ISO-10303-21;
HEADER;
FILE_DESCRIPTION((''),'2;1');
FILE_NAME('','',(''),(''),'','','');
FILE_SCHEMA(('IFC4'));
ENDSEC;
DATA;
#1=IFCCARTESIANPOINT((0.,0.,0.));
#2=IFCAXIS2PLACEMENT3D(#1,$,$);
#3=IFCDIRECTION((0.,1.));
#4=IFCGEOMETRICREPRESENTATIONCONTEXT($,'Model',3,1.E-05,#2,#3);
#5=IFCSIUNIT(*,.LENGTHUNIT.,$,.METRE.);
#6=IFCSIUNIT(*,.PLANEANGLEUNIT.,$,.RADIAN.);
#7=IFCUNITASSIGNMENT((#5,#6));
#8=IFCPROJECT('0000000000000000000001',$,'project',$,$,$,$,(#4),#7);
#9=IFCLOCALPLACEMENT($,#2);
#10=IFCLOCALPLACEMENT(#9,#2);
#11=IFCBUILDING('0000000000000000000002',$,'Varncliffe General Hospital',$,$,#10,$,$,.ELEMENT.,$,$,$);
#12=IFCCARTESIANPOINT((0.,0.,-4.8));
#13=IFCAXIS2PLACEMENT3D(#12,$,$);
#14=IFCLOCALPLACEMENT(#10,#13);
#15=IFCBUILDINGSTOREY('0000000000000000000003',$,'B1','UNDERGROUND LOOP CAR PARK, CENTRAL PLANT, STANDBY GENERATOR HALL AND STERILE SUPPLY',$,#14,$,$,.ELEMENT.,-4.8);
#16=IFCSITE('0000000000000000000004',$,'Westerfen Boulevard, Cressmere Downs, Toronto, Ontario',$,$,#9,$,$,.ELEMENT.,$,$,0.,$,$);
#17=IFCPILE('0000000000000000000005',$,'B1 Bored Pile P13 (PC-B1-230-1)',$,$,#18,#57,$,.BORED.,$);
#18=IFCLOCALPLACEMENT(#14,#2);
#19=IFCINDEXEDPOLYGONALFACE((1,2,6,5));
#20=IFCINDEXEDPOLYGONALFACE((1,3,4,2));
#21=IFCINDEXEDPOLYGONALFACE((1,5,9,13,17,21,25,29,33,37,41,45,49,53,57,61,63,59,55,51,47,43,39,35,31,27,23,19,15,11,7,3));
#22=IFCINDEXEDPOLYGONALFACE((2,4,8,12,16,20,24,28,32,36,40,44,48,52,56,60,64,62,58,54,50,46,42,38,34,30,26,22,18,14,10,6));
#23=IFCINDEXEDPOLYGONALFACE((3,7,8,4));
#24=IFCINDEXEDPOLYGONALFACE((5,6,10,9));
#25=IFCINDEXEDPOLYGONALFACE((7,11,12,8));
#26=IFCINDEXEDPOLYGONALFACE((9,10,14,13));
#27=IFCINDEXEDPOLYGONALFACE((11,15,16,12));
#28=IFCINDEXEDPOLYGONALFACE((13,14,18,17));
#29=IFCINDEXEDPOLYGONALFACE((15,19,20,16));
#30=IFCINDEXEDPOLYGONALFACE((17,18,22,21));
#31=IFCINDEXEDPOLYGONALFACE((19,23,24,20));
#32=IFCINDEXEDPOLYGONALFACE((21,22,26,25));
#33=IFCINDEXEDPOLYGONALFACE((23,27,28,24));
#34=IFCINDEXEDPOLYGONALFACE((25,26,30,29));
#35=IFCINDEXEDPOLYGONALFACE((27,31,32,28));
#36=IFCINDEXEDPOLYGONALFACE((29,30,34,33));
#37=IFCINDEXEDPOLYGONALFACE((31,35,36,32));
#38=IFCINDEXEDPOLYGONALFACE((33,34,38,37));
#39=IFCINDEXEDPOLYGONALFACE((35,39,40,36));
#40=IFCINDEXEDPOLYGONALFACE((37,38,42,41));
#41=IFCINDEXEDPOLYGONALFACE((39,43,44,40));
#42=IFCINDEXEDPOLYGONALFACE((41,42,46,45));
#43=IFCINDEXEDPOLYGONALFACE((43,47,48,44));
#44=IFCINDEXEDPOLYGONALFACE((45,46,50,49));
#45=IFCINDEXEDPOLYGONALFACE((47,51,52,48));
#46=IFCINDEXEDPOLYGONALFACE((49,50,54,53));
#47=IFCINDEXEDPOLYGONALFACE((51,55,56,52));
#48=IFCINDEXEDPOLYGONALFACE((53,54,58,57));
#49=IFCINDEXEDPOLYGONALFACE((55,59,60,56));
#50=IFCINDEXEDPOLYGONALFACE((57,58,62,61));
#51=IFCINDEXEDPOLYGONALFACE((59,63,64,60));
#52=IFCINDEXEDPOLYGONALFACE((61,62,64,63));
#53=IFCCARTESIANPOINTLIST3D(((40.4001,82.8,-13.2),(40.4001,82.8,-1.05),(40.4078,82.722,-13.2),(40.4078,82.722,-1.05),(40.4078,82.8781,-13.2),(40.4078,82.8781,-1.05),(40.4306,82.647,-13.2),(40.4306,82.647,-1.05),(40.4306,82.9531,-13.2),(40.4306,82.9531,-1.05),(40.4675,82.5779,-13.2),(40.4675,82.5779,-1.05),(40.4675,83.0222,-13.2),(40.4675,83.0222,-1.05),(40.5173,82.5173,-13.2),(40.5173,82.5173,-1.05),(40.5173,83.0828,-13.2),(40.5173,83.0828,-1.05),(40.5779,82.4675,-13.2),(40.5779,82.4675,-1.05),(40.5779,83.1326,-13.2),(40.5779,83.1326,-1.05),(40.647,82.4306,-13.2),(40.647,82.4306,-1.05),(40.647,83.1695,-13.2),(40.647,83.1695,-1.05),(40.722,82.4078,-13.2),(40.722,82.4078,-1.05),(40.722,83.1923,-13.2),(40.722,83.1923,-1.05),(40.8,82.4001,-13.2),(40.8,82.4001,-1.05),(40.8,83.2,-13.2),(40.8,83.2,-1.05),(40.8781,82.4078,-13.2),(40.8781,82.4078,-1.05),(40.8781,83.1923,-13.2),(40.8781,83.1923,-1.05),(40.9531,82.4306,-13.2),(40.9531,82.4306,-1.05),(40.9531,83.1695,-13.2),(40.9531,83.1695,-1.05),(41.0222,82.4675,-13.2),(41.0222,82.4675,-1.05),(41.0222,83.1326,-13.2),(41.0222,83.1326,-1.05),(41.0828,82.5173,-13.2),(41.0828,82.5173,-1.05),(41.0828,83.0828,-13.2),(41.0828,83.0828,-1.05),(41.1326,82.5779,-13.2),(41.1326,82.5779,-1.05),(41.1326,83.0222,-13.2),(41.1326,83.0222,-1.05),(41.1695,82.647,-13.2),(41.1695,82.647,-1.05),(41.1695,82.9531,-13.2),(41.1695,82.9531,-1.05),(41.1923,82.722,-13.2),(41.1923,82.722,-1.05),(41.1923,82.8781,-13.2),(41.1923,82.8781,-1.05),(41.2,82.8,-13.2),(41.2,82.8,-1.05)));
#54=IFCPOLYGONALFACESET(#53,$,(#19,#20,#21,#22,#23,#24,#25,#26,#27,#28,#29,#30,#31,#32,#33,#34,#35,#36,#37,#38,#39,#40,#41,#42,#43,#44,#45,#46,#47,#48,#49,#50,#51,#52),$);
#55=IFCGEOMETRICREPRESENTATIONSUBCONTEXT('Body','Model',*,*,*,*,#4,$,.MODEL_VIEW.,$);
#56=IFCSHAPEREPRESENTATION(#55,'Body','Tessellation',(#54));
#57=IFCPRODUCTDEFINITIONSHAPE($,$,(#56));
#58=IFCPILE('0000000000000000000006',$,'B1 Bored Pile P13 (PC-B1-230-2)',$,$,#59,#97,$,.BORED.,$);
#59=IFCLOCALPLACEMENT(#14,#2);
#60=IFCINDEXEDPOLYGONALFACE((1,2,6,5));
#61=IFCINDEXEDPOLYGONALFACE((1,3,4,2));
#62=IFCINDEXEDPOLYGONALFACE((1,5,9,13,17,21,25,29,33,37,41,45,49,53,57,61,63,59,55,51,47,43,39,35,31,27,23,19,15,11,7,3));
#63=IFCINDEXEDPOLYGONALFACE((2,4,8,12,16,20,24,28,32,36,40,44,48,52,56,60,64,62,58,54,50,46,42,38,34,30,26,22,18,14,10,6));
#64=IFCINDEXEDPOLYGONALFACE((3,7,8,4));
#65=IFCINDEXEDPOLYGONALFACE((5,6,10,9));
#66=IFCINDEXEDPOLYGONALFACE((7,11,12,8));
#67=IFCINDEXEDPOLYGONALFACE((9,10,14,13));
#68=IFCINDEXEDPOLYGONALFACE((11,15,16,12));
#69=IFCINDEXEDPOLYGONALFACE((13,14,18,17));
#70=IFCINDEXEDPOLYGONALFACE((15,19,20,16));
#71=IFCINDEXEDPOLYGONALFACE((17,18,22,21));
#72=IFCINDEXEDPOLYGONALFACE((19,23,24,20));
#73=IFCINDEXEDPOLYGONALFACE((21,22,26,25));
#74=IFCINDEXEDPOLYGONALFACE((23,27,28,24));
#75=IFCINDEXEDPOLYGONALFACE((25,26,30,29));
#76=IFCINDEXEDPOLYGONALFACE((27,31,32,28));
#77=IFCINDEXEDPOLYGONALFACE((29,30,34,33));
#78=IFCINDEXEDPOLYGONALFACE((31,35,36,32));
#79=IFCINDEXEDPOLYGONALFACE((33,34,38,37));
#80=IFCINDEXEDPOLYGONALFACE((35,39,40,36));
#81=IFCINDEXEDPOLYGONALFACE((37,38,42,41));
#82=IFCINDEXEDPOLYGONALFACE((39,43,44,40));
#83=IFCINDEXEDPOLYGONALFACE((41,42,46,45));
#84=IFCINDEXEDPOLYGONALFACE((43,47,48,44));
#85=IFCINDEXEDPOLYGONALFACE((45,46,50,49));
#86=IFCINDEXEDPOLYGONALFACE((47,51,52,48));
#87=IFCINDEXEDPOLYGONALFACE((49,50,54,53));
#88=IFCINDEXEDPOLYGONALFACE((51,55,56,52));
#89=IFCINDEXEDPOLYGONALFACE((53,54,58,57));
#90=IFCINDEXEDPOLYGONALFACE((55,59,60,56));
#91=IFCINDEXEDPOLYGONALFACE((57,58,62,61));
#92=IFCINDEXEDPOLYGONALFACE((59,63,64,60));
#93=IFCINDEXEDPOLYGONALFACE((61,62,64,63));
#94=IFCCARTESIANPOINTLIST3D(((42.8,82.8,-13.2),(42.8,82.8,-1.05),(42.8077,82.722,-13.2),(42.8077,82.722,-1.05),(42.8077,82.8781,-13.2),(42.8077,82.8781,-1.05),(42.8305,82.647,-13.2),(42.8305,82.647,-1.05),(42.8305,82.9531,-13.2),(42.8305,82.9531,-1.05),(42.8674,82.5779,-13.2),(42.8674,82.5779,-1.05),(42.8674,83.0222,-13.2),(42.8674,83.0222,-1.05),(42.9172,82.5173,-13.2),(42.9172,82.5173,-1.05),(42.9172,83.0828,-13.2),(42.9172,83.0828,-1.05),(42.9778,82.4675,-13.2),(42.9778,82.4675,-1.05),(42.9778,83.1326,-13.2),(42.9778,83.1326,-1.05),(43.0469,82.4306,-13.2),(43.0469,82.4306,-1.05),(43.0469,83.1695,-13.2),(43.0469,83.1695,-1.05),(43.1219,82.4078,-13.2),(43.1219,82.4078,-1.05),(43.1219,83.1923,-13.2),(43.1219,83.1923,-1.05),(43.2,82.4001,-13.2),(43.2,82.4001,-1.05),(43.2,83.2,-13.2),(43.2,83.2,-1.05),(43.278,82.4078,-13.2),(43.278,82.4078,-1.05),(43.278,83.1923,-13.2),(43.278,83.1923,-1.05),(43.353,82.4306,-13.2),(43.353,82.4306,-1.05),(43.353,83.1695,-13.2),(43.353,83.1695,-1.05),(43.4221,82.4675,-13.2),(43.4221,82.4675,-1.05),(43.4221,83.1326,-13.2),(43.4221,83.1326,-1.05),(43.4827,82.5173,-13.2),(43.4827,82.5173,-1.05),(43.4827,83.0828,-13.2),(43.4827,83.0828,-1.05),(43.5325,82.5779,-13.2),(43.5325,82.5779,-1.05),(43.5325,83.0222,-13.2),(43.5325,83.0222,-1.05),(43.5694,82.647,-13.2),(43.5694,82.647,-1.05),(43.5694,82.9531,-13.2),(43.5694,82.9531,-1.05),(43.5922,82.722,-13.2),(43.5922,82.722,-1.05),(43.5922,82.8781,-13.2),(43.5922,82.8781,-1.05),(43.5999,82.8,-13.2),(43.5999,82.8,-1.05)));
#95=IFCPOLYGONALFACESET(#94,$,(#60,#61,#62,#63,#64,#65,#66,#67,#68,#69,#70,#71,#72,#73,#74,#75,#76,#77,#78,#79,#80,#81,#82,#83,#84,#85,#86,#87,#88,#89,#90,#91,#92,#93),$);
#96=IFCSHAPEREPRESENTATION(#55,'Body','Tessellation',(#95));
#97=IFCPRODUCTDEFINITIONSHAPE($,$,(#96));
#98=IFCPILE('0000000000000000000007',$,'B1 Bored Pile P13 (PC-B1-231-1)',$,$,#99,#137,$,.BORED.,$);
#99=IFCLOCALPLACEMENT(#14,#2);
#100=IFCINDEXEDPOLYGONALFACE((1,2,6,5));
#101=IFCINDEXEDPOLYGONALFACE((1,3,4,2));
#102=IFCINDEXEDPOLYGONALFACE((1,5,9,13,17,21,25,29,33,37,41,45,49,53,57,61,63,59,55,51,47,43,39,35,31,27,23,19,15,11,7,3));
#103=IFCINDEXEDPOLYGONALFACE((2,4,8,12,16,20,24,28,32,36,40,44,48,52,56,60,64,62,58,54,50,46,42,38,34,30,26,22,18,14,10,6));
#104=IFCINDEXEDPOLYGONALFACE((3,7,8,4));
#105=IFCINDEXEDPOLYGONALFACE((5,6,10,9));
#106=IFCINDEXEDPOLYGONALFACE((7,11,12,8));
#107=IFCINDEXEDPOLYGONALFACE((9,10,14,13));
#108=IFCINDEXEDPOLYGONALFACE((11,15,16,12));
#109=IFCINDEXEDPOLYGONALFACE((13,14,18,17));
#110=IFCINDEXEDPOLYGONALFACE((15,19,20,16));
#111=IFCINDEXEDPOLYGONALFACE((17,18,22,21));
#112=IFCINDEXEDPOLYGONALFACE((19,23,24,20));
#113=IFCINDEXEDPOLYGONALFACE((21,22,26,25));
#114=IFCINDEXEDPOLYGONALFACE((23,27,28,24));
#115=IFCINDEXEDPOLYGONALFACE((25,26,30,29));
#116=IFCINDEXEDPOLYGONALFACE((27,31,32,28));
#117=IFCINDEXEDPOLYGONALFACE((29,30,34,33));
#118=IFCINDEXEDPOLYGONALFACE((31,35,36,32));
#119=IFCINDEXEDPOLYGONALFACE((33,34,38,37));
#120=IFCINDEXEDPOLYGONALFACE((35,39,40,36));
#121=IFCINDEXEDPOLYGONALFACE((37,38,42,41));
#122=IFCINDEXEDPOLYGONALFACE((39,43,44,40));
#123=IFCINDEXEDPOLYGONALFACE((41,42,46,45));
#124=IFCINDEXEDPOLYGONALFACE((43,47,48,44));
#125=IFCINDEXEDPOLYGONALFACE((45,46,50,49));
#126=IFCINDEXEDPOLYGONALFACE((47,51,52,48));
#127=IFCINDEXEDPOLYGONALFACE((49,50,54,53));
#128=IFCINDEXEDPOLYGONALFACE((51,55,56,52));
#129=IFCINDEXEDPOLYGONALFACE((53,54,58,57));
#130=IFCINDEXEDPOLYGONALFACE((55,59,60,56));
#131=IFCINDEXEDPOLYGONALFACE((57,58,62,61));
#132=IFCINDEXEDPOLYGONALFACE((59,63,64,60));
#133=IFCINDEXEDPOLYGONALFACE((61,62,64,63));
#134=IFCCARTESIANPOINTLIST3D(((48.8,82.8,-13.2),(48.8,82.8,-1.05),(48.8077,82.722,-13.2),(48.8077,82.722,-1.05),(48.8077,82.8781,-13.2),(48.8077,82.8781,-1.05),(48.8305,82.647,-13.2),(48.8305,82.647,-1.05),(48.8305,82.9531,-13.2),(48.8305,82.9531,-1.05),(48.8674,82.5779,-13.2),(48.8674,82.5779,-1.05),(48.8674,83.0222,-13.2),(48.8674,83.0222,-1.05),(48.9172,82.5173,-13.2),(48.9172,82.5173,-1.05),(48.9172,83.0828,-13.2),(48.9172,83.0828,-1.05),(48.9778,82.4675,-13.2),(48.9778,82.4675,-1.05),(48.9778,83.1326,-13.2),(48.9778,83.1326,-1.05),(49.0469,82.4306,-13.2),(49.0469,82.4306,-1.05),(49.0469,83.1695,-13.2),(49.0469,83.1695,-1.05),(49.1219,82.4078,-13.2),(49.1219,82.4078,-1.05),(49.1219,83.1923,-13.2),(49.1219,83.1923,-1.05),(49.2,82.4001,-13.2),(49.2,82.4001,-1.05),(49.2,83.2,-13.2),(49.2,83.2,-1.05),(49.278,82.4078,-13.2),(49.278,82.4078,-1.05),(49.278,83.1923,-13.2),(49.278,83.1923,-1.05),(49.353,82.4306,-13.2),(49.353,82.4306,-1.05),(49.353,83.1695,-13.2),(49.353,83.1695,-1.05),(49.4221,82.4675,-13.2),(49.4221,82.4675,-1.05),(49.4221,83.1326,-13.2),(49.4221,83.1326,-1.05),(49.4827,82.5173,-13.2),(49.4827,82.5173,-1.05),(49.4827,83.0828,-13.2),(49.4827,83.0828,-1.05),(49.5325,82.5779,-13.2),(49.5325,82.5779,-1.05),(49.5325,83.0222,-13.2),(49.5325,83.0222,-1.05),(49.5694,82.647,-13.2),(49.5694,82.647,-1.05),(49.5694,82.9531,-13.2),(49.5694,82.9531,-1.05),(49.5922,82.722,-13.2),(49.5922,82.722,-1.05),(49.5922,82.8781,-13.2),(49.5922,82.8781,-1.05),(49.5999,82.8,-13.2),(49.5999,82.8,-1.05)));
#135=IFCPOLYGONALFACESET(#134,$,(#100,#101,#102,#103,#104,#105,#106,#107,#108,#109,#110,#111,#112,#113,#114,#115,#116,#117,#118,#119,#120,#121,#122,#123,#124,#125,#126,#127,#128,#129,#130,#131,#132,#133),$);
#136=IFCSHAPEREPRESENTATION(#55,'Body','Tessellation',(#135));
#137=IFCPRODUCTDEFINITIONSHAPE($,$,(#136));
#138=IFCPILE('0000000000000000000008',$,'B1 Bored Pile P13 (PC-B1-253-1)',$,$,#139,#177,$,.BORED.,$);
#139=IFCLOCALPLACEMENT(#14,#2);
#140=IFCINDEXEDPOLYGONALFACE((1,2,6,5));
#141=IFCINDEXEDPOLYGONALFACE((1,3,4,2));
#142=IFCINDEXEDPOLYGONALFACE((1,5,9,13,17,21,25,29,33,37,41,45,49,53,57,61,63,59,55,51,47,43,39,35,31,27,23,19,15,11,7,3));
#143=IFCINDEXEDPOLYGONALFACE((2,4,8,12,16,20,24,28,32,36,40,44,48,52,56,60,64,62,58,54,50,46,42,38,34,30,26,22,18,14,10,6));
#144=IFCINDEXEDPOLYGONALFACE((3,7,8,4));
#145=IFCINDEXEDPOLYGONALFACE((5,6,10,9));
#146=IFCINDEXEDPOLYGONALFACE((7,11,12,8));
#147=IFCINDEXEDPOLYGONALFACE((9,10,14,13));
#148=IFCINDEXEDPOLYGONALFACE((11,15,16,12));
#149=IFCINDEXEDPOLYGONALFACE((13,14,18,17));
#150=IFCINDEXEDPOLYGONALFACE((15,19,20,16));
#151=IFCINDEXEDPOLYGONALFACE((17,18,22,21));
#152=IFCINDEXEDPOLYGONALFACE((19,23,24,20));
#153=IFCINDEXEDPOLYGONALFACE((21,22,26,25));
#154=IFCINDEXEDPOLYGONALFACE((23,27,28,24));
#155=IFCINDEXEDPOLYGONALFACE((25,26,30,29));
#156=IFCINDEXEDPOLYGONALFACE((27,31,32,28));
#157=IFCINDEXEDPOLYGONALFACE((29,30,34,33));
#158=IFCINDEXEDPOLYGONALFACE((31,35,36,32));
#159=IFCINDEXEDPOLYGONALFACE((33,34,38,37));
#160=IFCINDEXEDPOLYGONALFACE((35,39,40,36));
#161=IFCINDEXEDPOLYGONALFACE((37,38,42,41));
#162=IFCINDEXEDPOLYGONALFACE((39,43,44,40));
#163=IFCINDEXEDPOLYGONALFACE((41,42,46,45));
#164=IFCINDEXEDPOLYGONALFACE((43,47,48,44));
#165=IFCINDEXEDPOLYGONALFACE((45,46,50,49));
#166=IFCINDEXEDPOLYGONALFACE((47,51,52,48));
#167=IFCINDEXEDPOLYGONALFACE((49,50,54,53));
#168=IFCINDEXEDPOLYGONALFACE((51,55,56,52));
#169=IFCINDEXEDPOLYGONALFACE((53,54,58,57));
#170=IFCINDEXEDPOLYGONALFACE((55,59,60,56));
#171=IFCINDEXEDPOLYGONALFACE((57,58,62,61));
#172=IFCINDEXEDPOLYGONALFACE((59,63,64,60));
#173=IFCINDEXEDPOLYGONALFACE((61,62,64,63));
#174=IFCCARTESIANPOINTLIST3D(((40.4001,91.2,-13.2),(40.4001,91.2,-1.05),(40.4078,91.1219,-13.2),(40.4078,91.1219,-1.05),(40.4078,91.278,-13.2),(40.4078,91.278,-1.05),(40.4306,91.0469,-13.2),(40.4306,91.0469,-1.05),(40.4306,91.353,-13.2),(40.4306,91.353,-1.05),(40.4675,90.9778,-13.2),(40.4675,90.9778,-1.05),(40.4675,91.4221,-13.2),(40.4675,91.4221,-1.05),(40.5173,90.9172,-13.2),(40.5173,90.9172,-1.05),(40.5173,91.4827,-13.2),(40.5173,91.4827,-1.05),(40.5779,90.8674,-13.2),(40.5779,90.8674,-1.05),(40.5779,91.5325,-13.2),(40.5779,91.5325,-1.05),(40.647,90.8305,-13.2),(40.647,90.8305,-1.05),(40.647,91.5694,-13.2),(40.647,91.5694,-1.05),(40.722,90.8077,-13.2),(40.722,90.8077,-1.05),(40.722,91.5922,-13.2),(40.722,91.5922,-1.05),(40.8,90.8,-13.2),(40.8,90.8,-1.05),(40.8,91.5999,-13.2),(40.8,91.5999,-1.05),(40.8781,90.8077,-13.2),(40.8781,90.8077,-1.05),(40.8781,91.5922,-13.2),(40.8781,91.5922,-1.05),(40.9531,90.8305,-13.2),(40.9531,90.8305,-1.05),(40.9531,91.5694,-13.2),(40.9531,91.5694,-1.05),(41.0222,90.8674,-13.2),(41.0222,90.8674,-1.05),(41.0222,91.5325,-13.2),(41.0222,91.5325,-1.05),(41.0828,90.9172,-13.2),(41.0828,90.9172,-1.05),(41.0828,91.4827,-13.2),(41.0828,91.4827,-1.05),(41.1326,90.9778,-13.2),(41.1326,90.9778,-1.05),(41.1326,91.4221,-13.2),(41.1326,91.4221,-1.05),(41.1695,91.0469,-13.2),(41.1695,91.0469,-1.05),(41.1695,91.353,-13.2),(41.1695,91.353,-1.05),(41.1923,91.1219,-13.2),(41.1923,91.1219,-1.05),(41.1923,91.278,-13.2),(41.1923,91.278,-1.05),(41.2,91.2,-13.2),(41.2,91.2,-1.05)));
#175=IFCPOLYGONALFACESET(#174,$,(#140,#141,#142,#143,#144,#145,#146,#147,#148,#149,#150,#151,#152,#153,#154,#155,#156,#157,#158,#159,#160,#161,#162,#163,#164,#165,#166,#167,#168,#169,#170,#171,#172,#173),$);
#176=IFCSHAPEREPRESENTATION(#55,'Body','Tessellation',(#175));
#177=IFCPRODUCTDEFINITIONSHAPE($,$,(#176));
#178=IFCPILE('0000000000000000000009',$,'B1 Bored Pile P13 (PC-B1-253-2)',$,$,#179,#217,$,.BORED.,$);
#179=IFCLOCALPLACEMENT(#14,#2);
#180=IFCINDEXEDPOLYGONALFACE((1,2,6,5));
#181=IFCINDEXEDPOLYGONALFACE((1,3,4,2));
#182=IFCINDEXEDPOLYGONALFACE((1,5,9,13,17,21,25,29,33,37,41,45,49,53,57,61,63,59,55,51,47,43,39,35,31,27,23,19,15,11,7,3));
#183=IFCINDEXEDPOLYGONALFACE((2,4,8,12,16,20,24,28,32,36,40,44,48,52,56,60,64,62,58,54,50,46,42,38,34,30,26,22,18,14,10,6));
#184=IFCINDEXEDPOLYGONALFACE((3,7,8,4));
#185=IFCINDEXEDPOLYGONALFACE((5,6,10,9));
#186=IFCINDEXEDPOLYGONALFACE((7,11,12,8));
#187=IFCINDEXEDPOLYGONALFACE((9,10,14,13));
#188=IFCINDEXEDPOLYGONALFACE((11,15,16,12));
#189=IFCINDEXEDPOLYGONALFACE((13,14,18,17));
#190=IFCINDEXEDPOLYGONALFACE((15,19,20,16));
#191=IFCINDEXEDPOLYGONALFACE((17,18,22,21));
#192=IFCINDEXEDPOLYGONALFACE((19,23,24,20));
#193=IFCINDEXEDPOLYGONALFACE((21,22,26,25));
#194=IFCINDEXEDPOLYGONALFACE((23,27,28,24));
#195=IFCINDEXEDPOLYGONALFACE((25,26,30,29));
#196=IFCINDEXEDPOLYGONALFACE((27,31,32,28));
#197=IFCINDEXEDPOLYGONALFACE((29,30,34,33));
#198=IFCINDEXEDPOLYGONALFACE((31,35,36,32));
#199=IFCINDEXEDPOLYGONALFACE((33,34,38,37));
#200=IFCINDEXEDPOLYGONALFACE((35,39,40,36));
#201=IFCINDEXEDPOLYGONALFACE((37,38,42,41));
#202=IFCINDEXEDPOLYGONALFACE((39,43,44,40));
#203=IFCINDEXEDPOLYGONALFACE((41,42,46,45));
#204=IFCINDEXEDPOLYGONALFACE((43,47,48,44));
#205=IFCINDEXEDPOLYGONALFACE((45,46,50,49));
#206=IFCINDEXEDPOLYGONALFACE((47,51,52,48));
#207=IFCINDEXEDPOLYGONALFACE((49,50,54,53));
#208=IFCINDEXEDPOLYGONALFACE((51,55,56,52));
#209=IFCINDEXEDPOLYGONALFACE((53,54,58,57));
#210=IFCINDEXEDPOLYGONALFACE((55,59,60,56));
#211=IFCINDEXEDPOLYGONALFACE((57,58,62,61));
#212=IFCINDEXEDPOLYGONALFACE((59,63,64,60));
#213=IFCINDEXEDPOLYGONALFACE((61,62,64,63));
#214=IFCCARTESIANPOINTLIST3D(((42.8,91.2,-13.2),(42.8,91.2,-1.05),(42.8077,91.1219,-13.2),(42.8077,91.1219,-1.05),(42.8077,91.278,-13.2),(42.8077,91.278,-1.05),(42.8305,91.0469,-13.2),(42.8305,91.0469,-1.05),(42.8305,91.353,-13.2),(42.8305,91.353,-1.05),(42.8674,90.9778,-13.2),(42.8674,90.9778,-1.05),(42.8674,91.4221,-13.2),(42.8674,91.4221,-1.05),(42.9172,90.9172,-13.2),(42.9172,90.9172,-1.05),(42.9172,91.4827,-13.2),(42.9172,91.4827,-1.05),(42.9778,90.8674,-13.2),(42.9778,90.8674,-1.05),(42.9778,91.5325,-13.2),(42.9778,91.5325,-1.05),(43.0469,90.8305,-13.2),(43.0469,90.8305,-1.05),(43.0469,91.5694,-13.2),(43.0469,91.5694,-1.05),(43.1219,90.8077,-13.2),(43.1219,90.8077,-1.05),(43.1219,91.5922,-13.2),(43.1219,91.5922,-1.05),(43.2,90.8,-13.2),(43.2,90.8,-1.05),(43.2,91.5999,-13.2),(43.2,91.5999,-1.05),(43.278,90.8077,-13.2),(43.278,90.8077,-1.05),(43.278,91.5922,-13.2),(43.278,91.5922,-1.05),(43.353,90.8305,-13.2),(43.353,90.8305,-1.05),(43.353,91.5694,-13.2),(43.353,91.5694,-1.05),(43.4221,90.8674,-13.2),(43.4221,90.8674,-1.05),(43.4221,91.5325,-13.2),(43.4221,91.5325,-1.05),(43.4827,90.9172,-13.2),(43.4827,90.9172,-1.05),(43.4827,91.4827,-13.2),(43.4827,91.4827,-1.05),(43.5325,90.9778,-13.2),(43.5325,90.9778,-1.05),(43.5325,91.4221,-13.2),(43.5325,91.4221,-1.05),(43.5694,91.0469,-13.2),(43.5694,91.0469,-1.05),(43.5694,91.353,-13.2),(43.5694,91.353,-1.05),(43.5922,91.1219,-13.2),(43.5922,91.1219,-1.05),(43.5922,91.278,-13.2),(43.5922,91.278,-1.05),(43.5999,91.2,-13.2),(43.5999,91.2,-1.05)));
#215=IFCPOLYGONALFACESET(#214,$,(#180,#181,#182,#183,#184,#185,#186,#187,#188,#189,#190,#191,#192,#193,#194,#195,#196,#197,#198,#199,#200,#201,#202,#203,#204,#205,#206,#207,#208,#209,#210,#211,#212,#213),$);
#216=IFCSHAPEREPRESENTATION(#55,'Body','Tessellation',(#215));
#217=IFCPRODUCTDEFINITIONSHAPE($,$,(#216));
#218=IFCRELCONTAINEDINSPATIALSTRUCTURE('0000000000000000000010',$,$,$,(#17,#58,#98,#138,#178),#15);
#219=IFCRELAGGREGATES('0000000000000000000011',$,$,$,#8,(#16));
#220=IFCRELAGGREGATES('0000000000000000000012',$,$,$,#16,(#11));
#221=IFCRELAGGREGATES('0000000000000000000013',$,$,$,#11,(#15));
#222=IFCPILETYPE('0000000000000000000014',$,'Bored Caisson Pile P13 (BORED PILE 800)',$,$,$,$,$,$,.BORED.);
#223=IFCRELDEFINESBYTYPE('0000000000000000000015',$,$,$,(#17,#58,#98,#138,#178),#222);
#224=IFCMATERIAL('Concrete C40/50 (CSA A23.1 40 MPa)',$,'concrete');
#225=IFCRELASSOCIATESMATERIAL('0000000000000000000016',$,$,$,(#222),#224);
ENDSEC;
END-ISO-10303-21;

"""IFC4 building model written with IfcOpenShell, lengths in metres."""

from ifc_helpers import new_model, si_unit, direction, frame, origin, origin_2d, place, context, subcontext, project, spatial, circle, extrude, material, material_profile, profile_set, type_object, element, save


model = new_model("IFC4")

# Units and contexts
model_context = context("Model", 3, precision=1e-05, world=origin(), true_north=direction((0.0, 1.0)))
body_context = subcontext(model_context, "Body", "Model", "MODEL_VIEW")
ifc_project = project(units=[si_unit("LENGTHUNIT", "METRE"), si_unit("PLANEANGLEUNIT", "RADIAN")], contexts=[model_context])

# Site, building, storey
site_placement = place(None, origin())
site = spatial("IfcSite", under=ifc_project, at=site_placement, Name="Westerfen Boulevard, Cressmere Downs, Toronto, Ontario", CompositionType="ELEMENT", RefElevation=0.0)
building_placement = place(site_placement, origin())
building = spatial("IfcBuilding", under=site, at=building_placement, Name="Varncliffe General Hospital", CompositionType="ELEMENT")
storey_placement = place(building_placement, frame((0.0, 0.0, -4.8)))
storey = spatial("IfcBuildingStorey", under=building, at=storey_placement, Name="B1", Description="UNDERGROUND LOOP CAR PARK, CENTRAL PLANT, STANDBY GENERATOR HALL AND STERILE SUPPLY", CompositionType="ELEMENT", Elevation=-4.8)

# Piles
ifc_material_1 = material(Name="Concrete C40/50 (CSA A23.1 40 MPa)", Category="concrete")
ifc_material_profile_1 = material_profile(ifc_material_1, circle(Radius=0.3999, at=origin_2d()), Name="BORED PILE 800")
ifc_profile_set_1 = profile_set([ifc_material_profile_1], Name="Concrete C40/50 (CSA A23.1 40 MPa)")
pile_type = type_object("IfcPileType", Name="Bored Caisson Pile P13 (BORED PILE 800)", PredefinedType="BORED", material=ifc_profile_set_1)
for number, where, z_axis, x_axis, name in (
    (1, (40.8, 82.8, -1.05), (0.0, 0.0, -1.0), (1.0, 0.0, 0.0), "B1 Bored Pile P13 (PC-B1-230-1)"),
    (2, (43.2, 82.8, -1.05), (0.0, 0.0, -1.0), (1.0, 0.0, 0.0), "B1 Bored Pile P13 (PC-B1-230-2)"),
    (3, (49.2, 82.8, -1.05), (0.0, 0.0, -1.0), (1.0, 0.0, 0.0), "B1 Bored Pile P13 (PC-B1-231-1)"),
    (4, (40.8, 91.2, -1.05), (0.0, 0.0, -1.0), (1.0, 0.0, 0.0), "B1 Bored Pile P13 (PC-B1-253-1)"),
    (5, (43.2, 91.2, -1.05), (0.0, 0.0, -1.0), (1.0, 0.0, 0.0), "B1 Bored Pile P13 (PC-B1-253-2)"),
):
    element("IfcPile", number, at=place(storey_placement, frame(where, z_axis=z_axis, x_axis=x_axis)), inside=storey, type_object=pile_type, Name=name, PredefinedType="BORED", context=body_context, shape_type="SweptSolid", body=[
        extrude(circle(Radius=0.3999, at=origin_2d()), origin(), (0.0, 0.0, 1.0), 12.1499),
    ])

save(model, "model.ifc")
